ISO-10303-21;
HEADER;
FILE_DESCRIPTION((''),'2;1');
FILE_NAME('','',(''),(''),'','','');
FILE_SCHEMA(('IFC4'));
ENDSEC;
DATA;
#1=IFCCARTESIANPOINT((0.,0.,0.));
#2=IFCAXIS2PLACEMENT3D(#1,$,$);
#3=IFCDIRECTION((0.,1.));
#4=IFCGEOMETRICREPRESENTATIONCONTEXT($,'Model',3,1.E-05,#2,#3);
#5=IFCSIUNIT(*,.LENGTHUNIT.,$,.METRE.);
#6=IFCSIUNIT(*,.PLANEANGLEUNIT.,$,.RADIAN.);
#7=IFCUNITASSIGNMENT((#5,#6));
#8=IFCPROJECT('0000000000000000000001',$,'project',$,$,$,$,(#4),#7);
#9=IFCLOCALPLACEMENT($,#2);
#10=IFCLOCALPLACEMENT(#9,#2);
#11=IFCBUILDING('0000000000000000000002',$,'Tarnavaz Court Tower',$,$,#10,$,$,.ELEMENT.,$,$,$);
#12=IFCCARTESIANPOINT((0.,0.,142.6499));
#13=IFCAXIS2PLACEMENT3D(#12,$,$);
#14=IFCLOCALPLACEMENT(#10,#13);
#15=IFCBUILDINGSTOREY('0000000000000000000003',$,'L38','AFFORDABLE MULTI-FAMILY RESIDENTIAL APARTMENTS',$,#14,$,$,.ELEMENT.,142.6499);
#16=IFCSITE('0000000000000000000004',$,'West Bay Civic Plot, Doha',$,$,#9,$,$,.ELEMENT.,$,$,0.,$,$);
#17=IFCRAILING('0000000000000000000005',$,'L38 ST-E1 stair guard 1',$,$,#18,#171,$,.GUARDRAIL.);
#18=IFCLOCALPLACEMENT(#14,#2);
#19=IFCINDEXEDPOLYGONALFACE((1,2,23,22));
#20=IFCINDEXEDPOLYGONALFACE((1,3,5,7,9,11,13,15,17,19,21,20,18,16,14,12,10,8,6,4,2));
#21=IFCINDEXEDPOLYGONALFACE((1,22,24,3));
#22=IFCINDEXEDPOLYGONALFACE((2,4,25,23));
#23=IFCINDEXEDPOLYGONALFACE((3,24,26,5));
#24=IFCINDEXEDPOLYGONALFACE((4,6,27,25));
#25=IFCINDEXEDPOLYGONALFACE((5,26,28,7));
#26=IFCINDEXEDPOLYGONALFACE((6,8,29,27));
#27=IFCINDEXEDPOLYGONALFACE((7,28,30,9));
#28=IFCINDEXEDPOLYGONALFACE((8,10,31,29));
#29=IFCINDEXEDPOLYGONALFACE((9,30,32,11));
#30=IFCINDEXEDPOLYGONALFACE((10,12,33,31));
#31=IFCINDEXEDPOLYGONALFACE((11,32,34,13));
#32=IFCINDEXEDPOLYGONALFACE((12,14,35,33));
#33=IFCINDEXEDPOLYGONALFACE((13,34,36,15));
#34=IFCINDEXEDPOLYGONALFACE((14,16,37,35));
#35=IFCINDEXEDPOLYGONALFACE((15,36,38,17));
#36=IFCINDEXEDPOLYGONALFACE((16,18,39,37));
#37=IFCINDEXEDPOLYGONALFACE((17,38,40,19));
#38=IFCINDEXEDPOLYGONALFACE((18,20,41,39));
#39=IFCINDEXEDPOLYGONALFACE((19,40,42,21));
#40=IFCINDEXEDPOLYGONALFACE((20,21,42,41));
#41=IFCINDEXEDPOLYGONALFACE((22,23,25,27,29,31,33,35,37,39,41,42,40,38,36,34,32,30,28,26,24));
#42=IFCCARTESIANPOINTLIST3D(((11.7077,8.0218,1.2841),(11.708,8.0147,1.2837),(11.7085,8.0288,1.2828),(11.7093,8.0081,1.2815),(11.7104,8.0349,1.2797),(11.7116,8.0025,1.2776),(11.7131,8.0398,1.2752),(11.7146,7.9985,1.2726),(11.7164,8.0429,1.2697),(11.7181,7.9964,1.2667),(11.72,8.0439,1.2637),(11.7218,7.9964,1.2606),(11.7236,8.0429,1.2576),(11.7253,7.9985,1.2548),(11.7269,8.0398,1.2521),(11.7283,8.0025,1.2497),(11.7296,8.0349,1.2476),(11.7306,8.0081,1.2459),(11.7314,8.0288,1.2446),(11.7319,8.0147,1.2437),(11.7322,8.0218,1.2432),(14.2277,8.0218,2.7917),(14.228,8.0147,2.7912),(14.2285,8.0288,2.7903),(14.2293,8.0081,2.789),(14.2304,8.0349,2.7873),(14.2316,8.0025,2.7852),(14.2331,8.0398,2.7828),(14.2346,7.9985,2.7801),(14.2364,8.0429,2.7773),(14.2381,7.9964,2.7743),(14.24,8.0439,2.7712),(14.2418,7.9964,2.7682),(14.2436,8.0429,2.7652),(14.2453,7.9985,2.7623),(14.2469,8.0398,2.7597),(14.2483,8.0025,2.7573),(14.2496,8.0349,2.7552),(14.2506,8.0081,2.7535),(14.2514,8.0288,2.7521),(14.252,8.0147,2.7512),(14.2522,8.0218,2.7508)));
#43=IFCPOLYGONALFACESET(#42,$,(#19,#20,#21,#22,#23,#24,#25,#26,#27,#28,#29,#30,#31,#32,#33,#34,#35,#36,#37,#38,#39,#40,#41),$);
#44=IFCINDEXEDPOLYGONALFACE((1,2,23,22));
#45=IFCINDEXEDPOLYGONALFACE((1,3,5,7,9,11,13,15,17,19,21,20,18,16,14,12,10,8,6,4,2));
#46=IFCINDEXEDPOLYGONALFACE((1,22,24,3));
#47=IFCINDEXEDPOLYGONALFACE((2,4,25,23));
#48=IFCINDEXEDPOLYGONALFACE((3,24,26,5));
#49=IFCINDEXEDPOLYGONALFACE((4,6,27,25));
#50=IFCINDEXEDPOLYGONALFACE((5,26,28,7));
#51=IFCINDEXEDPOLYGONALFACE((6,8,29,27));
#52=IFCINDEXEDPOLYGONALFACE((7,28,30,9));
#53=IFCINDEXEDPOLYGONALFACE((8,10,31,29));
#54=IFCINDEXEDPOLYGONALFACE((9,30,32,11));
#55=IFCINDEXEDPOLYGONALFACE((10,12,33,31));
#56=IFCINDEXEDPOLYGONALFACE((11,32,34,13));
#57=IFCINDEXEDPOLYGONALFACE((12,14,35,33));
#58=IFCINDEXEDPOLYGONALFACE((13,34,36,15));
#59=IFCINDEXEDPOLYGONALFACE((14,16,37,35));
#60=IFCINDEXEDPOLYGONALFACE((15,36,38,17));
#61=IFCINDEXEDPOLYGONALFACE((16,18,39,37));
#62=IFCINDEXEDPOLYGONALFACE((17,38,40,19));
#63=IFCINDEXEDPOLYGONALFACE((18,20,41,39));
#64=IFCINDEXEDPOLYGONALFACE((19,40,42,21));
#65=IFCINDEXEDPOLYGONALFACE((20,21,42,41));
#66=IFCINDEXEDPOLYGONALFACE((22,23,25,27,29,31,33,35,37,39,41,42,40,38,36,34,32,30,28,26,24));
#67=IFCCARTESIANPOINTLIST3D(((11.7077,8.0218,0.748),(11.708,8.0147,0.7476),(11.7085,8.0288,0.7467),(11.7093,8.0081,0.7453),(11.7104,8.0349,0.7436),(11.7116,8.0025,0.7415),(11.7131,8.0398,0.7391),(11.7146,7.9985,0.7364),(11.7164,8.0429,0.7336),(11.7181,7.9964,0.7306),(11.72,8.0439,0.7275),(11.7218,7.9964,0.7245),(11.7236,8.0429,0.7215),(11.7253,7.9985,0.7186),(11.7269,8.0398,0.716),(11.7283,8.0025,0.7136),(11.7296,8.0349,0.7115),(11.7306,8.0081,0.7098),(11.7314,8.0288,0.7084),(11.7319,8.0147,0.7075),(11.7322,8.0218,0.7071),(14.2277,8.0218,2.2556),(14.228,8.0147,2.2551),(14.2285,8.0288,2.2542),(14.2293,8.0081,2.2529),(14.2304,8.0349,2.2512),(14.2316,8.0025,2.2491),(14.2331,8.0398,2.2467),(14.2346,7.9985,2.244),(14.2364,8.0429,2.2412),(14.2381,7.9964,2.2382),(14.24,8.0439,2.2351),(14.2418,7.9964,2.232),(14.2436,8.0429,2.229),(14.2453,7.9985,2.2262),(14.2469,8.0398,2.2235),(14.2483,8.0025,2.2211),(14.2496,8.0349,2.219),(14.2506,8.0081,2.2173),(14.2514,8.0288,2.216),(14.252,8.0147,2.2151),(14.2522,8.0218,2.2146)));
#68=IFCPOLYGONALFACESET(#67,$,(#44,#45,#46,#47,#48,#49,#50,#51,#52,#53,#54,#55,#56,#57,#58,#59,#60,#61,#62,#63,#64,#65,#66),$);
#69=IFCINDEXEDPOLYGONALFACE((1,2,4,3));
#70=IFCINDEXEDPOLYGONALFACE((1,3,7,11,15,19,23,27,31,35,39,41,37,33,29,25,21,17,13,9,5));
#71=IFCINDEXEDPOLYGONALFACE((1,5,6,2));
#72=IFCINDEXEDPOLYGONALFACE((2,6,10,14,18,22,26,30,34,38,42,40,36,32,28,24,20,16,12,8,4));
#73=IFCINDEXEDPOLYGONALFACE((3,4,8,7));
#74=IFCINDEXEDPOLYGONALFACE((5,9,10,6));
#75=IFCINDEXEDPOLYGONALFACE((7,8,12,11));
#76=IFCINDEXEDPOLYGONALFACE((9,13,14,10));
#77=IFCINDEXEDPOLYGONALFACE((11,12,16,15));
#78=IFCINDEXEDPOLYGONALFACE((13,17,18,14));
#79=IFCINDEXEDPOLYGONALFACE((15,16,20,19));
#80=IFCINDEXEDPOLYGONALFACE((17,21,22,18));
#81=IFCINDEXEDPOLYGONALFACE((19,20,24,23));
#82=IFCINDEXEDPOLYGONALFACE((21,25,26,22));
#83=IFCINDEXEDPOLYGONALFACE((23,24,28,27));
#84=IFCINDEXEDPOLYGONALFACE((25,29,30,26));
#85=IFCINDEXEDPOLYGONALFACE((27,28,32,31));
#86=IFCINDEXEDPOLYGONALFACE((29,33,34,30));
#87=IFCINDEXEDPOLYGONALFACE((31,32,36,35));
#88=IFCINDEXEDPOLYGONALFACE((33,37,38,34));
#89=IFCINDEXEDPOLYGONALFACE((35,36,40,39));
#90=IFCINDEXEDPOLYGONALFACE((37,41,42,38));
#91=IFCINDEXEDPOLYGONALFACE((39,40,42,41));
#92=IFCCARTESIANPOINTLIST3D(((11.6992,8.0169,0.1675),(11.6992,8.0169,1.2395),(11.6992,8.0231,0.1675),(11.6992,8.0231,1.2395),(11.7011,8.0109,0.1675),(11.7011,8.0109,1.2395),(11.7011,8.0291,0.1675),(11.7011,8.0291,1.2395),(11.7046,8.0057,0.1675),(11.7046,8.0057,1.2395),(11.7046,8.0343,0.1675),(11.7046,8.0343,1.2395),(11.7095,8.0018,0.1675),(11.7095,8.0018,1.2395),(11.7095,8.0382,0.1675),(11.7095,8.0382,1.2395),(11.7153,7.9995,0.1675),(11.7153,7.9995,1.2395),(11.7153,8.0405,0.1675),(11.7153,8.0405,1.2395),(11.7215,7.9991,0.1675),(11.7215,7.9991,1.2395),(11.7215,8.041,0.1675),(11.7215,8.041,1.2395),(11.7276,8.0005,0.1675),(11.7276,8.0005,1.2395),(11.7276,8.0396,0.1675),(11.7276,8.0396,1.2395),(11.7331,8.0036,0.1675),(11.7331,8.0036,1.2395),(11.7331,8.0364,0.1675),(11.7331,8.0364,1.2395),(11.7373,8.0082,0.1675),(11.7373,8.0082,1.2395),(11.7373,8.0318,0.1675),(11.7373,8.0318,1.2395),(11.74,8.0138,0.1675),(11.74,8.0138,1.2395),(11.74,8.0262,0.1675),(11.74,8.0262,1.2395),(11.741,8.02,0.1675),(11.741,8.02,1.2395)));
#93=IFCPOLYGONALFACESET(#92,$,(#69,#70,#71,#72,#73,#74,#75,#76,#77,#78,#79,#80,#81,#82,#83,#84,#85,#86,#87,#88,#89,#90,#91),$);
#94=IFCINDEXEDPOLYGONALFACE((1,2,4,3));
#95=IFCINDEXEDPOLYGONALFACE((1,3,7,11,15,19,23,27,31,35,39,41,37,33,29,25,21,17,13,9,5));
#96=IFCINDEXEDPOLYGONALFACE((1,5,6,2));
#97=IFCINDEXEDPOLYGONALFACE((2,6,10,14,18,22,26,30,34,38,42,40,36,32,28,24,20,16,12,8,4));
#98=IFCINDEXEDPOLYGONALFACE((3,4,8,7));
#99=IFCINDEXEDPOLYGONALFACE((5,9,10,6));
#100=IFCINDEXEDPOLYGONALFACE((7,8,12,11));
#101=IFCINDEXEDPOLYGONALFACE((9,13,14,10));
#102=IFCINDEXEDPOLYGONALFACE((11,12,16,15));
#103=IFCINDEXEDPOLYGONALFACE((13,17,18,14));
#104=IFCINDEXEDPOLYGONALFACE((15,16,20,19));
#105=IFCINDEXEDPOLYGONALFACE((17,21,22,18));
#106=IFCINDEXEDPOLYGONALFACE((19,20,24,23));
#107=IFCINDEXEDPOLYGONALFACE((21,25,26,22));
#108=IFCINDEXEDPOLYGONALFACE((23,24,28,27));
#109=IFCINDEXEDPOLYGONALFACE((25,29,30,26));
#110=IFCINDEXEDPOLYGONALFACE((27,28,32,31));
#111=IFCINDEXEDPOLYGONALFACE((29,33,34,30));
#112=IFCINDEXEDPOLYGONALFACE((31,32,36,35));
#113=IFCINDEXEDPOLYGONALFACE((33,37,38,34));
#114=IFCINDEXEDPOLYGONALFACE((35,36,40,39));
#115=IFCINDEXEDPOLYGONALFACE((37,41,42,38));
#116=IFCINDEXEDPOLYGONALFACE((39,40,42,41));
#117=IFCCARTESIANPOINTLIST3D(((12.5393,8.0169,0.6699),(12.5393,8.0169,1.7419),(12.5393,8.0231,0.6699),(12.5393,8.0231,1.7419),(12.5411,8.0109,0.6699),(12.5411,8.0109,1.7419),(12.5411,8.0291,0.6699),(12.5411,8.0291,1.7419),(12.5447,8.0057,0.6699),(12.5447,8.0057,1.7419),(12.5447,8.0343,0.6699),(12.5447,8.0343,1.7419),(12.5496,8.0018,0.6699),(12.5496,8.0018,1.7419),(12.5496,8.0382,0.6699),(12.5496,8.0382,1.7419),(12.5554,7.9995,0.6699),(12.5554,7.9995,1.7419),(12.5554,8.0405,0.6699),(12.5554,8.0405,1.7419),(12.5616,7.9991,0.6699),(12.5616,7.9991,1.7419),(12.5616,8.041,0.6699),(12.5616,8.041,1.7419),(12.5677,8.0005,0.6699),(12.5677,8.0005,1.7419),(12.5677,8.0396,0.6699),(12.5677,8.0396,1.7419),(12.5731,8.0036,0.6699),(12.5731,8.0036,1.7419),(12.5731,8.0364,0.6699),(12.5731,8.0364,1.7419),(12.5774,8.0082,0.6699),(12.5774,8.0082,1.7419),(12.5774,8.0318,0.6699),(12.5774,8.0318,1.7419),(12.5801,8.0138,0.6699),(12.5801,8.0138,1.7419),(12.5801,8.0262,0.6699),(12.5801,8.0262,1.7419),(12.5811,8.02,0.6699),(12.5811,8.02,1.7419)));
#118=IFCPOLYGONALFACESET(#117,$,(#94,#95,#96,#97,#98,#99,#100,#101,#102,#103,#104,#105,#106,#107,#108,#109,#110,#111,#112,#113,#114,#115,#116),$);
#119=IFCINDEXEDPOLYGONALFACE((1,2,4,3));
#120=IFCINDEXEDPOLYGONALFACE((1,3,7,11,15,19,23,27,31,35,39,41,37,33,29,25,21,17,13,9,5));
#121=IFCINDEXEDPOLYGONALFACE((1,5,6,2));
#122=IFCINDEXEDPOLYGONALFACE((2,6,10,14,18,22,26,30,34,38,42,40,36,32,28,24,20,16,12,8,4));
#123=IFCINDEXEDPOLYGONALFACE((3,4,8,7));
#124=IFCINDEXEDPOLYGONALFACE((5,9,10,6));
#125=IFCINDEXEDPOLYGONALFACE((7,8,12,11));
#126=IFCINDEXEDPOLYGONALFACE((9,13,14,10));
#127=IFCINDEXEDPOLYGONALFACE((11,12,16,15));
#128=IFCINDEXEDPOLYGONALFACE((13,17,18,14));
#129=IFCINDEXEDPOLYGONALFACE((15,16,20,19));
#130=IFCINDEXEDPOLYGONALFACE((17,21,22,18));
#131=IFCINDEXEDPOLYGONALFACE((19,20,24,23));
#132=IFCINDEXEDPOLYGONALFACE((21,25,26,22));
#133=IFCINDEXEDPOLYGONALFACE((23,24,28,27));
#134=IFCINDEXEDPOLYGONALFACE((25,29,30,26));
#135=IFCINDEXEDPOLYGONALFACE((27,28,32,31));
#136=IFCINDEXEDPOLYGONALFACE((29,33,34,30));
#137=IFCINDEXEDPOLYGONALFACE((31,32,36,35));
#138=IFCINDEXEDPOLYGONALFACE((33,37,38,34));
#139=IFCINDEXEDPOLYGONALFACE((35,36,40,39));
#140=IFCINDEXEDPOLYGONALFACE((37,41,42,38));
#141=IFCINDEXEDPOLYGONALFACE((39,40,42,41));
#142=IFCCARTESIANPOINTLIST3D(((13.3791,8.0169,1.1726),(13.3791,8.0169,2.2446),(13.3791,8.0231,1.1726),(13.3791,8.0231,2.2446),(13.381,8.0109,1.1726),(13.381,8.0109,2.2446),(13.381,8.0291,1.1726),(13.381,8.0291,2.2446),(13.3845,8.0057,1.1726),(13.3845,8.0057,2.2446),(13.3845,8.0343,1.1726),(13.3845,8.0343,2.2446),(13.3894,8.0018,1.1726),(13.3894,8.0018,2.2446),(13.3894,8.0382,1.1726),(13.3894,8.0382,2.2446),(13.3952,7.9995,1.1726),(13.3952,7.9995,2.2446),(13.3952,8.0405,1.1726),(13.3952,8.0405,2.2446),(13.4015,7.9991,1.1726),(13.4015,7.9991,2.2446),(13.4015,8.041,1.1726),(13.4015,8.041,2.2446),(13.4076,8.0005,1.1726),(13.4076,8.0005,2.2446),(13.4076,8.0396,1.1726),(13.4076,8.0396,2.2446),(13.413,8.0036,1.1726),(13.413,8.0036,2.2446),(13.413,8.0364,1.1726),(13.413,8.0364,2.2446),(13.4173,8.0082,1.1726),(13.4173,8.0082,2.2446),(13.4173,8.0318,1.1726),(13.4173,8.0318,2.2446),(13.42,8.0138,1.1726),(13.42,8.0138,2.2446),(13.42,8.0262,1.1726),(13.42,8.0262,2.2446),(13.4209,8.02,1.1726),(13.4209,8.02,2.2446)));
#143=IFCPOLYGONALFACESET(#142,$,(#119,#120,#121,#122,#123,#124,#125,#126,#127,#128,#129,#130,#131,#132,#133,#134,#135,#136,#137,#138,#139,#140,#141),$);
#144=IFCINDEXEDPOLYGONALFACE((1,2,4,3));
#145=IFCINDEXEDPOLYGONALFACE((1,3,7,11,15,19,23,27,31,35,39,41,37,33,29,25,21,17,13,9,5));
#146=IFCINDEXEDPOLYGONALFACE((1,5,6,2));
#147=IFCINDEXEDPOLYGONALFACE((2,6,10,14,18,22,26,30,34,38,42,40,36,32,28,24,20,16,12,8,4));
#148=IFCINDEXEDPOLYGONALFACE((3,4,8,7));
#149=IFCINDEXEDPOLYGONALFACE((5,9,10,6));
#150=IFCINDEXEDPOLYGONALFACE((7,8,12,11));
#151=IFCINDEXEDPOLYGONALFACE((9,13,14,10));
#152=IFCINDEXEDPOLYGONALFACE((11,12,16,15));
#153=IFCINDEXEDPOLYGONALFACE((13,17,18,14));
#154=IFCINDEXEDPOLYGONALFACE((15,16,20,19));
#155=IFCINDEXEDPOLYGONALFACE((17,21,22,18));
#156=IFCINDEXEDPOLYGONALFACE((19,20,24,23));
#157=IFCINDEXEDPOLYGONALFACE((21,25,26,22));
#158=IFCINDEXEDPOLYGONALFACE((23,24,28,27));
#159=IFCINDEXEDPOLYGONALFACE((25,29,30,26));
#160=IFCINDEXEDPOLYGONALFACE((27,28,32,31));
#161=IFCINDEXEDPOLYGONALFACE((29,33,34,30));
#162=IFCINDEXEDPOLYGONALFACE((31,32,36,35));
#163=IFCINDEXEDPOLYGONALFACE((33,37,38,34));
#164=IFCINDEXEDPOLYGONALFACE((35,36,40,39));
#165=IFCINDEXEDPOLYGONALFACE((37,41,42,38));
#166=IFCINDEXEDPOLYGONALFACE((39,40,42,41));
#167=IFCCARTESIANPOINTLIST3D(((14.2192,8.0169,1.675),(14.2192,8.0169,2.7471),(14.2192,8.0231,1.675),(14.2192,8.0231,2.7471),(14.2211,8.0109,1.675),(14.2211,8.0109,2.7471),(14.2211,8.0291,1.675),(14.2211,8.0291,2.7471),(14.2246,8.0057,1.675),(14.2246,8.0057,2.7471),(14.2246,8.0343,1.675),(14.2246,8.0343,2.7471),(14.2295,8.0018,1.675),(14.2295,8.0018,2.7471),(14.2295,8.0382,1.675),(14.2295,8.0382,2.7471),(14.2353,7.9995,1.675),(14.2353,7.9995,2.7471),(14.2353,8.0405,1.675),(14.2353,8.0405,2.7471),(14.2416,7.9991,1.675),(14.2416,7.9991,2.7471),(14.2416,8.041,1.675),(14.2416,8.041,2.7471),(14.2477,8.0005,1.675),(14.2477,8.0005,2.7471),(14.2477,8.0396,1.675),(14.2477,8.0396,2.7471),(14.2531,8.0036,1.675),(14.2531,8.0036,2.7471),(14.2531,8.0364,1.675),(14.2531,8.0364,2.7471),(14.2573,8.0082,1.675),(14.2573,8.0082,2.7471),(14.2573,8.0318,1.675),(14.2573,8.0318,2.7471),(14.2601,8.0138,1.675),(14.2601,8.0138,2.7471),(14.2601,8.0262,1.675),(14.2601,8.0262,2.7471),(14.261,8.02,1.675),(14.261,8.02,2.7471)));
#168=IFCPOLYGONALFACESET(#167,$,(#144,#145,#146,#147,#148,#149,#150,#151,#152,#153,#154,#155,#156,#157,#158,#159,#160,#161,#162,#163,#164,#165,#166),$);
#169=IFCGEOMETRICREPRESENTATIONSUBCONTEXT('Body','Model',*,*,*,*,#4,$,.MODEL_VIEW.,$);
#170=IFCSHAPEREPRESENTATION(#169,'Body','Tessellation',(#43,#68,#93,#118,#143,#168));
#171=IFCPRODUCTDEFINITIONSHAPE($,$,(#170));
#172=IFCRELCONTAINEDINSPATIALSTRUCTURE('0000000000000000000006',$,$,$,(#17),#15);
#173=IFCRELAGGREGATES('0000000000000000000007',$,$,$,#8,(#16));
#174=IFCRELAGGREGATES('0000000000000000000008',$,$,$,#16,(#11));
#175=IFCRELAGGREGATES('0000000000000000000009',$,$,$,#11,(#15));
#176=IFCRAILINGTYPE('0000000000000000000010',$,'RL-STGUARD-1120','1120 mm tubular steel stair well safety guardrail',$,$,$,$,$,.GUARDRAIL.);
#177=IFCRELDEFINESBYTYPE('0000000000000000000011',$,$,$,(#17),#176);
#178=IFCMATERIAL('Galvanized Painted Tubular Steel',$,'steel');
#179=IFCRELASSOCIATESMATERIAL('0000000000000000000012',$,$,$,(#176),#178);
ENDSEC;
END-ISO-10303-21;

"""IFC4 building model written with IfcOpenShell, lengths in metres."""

from ifc_helpers import new_model, si_unit, direction, frame, origin, origin_2d, place, context, subcontext, project, spatial, circle, extrude, material, type_object, element, save


model = new_model("IFC4")

# Units and contexts
model_context = context("Model", 3, precision=1e-05, world=origin(), true_north=direction((0.0, 1.0)))
body_context = subcontext(model_context, "Body", "Model", "MODEL_VIEW")
ifc_project = project(units=[si_unit("LENGTHUNIT", "METRE"), si_unit("PLANEANGLEUNIT", "RADIAN")], contexts=[model_context])

# Site, building, storey
site_placement = place(None, origin())
site = spatial("IfcSite", under=ifc_project, at=site_placement, Name="West Bay Civic Plot, Doha", CompositionType="ELEMENT", RefElevation=0.0)
building_placement = place(site_placement, origin())
building = spatial("IfcBuilding", under=site, at=building_placement, Name="Tarnavaz Court Tower", CompositionType="ELEMENT")
storey_placement = place(building_placement, frame((0.0, 0.0, 142.6499)))
storey = spatial("IfcBuildingStorey", under=building, at=storey_placement, Name="L38", Description="AFFORDABLE MULTI-FAMILY RESIDENTIAL APARTMENTS", CompositionType="ELEMENT", Elevation=142.6499)

# Railing
ifc_material_1 = material(Name="Galvanized Painted Tubular Steel", Category="steel")
railing_type_1 = type_object("IfcRailingType", Name="RL-STGUARD-1120", Description="1120 mm tubular steel stair well safety guardrail", PredefinedType="GUARDRAIL", material=ifc_material_1)
railing_1_placement = place(storey_placement, frame((11.72, 8.02, 0.1675)))
element("IfcRailing", 1, at=railing_1_placement, inside=storey, type_object=railing_type_1, Name="L38 ST-E1 stair guard 1", PredefinedType="GUARDRAIL", context=body_context, shape_type="SweptSolid", body=[
    extrude(circle(Radius=0.0239, at=origin_2d()), frame((0.0, 0.0, 1.0962), z_axis=(0.85816, 0.0, 0.513383), x_axis=(0.0, 1.0, 0.0)), (0.0, 0.0, 1.0), 2.9365),
    extrude(circle(Radius=0.0239, at=origin_2d()), frame((0.0, 0.0, 0.5601), z_axis=(0.85816, 0.0, 0.513383), x_axis=(0.0, 1.0, 0.0)), (0.0, 0.0, 1.0), 2.9365),
    extrude(circle(Radius=0.021, at=origin_2d()), origin(), (0.0, 0.0, 1.0), 1.072),
    extrude(circle(Radius=0.021, at=origin_2d()), frame((0.8401, 0.0, 0.5024)), (0.0, 0.0, 1.0), 1.072),
    extrude(circle(Radius=0.021, at=origin_2d()), frame((1.6799, 0.0, 1.0051)), (0.0, 0.0, 1.0), 1.072),
    extrude(circle(Radius=0.021, at=origin_2d()), frame((2.52, 0.0, 1.5076)), (0.0, 0.0, 1.0), 1.072),
])

save(model, "model.ifc")
